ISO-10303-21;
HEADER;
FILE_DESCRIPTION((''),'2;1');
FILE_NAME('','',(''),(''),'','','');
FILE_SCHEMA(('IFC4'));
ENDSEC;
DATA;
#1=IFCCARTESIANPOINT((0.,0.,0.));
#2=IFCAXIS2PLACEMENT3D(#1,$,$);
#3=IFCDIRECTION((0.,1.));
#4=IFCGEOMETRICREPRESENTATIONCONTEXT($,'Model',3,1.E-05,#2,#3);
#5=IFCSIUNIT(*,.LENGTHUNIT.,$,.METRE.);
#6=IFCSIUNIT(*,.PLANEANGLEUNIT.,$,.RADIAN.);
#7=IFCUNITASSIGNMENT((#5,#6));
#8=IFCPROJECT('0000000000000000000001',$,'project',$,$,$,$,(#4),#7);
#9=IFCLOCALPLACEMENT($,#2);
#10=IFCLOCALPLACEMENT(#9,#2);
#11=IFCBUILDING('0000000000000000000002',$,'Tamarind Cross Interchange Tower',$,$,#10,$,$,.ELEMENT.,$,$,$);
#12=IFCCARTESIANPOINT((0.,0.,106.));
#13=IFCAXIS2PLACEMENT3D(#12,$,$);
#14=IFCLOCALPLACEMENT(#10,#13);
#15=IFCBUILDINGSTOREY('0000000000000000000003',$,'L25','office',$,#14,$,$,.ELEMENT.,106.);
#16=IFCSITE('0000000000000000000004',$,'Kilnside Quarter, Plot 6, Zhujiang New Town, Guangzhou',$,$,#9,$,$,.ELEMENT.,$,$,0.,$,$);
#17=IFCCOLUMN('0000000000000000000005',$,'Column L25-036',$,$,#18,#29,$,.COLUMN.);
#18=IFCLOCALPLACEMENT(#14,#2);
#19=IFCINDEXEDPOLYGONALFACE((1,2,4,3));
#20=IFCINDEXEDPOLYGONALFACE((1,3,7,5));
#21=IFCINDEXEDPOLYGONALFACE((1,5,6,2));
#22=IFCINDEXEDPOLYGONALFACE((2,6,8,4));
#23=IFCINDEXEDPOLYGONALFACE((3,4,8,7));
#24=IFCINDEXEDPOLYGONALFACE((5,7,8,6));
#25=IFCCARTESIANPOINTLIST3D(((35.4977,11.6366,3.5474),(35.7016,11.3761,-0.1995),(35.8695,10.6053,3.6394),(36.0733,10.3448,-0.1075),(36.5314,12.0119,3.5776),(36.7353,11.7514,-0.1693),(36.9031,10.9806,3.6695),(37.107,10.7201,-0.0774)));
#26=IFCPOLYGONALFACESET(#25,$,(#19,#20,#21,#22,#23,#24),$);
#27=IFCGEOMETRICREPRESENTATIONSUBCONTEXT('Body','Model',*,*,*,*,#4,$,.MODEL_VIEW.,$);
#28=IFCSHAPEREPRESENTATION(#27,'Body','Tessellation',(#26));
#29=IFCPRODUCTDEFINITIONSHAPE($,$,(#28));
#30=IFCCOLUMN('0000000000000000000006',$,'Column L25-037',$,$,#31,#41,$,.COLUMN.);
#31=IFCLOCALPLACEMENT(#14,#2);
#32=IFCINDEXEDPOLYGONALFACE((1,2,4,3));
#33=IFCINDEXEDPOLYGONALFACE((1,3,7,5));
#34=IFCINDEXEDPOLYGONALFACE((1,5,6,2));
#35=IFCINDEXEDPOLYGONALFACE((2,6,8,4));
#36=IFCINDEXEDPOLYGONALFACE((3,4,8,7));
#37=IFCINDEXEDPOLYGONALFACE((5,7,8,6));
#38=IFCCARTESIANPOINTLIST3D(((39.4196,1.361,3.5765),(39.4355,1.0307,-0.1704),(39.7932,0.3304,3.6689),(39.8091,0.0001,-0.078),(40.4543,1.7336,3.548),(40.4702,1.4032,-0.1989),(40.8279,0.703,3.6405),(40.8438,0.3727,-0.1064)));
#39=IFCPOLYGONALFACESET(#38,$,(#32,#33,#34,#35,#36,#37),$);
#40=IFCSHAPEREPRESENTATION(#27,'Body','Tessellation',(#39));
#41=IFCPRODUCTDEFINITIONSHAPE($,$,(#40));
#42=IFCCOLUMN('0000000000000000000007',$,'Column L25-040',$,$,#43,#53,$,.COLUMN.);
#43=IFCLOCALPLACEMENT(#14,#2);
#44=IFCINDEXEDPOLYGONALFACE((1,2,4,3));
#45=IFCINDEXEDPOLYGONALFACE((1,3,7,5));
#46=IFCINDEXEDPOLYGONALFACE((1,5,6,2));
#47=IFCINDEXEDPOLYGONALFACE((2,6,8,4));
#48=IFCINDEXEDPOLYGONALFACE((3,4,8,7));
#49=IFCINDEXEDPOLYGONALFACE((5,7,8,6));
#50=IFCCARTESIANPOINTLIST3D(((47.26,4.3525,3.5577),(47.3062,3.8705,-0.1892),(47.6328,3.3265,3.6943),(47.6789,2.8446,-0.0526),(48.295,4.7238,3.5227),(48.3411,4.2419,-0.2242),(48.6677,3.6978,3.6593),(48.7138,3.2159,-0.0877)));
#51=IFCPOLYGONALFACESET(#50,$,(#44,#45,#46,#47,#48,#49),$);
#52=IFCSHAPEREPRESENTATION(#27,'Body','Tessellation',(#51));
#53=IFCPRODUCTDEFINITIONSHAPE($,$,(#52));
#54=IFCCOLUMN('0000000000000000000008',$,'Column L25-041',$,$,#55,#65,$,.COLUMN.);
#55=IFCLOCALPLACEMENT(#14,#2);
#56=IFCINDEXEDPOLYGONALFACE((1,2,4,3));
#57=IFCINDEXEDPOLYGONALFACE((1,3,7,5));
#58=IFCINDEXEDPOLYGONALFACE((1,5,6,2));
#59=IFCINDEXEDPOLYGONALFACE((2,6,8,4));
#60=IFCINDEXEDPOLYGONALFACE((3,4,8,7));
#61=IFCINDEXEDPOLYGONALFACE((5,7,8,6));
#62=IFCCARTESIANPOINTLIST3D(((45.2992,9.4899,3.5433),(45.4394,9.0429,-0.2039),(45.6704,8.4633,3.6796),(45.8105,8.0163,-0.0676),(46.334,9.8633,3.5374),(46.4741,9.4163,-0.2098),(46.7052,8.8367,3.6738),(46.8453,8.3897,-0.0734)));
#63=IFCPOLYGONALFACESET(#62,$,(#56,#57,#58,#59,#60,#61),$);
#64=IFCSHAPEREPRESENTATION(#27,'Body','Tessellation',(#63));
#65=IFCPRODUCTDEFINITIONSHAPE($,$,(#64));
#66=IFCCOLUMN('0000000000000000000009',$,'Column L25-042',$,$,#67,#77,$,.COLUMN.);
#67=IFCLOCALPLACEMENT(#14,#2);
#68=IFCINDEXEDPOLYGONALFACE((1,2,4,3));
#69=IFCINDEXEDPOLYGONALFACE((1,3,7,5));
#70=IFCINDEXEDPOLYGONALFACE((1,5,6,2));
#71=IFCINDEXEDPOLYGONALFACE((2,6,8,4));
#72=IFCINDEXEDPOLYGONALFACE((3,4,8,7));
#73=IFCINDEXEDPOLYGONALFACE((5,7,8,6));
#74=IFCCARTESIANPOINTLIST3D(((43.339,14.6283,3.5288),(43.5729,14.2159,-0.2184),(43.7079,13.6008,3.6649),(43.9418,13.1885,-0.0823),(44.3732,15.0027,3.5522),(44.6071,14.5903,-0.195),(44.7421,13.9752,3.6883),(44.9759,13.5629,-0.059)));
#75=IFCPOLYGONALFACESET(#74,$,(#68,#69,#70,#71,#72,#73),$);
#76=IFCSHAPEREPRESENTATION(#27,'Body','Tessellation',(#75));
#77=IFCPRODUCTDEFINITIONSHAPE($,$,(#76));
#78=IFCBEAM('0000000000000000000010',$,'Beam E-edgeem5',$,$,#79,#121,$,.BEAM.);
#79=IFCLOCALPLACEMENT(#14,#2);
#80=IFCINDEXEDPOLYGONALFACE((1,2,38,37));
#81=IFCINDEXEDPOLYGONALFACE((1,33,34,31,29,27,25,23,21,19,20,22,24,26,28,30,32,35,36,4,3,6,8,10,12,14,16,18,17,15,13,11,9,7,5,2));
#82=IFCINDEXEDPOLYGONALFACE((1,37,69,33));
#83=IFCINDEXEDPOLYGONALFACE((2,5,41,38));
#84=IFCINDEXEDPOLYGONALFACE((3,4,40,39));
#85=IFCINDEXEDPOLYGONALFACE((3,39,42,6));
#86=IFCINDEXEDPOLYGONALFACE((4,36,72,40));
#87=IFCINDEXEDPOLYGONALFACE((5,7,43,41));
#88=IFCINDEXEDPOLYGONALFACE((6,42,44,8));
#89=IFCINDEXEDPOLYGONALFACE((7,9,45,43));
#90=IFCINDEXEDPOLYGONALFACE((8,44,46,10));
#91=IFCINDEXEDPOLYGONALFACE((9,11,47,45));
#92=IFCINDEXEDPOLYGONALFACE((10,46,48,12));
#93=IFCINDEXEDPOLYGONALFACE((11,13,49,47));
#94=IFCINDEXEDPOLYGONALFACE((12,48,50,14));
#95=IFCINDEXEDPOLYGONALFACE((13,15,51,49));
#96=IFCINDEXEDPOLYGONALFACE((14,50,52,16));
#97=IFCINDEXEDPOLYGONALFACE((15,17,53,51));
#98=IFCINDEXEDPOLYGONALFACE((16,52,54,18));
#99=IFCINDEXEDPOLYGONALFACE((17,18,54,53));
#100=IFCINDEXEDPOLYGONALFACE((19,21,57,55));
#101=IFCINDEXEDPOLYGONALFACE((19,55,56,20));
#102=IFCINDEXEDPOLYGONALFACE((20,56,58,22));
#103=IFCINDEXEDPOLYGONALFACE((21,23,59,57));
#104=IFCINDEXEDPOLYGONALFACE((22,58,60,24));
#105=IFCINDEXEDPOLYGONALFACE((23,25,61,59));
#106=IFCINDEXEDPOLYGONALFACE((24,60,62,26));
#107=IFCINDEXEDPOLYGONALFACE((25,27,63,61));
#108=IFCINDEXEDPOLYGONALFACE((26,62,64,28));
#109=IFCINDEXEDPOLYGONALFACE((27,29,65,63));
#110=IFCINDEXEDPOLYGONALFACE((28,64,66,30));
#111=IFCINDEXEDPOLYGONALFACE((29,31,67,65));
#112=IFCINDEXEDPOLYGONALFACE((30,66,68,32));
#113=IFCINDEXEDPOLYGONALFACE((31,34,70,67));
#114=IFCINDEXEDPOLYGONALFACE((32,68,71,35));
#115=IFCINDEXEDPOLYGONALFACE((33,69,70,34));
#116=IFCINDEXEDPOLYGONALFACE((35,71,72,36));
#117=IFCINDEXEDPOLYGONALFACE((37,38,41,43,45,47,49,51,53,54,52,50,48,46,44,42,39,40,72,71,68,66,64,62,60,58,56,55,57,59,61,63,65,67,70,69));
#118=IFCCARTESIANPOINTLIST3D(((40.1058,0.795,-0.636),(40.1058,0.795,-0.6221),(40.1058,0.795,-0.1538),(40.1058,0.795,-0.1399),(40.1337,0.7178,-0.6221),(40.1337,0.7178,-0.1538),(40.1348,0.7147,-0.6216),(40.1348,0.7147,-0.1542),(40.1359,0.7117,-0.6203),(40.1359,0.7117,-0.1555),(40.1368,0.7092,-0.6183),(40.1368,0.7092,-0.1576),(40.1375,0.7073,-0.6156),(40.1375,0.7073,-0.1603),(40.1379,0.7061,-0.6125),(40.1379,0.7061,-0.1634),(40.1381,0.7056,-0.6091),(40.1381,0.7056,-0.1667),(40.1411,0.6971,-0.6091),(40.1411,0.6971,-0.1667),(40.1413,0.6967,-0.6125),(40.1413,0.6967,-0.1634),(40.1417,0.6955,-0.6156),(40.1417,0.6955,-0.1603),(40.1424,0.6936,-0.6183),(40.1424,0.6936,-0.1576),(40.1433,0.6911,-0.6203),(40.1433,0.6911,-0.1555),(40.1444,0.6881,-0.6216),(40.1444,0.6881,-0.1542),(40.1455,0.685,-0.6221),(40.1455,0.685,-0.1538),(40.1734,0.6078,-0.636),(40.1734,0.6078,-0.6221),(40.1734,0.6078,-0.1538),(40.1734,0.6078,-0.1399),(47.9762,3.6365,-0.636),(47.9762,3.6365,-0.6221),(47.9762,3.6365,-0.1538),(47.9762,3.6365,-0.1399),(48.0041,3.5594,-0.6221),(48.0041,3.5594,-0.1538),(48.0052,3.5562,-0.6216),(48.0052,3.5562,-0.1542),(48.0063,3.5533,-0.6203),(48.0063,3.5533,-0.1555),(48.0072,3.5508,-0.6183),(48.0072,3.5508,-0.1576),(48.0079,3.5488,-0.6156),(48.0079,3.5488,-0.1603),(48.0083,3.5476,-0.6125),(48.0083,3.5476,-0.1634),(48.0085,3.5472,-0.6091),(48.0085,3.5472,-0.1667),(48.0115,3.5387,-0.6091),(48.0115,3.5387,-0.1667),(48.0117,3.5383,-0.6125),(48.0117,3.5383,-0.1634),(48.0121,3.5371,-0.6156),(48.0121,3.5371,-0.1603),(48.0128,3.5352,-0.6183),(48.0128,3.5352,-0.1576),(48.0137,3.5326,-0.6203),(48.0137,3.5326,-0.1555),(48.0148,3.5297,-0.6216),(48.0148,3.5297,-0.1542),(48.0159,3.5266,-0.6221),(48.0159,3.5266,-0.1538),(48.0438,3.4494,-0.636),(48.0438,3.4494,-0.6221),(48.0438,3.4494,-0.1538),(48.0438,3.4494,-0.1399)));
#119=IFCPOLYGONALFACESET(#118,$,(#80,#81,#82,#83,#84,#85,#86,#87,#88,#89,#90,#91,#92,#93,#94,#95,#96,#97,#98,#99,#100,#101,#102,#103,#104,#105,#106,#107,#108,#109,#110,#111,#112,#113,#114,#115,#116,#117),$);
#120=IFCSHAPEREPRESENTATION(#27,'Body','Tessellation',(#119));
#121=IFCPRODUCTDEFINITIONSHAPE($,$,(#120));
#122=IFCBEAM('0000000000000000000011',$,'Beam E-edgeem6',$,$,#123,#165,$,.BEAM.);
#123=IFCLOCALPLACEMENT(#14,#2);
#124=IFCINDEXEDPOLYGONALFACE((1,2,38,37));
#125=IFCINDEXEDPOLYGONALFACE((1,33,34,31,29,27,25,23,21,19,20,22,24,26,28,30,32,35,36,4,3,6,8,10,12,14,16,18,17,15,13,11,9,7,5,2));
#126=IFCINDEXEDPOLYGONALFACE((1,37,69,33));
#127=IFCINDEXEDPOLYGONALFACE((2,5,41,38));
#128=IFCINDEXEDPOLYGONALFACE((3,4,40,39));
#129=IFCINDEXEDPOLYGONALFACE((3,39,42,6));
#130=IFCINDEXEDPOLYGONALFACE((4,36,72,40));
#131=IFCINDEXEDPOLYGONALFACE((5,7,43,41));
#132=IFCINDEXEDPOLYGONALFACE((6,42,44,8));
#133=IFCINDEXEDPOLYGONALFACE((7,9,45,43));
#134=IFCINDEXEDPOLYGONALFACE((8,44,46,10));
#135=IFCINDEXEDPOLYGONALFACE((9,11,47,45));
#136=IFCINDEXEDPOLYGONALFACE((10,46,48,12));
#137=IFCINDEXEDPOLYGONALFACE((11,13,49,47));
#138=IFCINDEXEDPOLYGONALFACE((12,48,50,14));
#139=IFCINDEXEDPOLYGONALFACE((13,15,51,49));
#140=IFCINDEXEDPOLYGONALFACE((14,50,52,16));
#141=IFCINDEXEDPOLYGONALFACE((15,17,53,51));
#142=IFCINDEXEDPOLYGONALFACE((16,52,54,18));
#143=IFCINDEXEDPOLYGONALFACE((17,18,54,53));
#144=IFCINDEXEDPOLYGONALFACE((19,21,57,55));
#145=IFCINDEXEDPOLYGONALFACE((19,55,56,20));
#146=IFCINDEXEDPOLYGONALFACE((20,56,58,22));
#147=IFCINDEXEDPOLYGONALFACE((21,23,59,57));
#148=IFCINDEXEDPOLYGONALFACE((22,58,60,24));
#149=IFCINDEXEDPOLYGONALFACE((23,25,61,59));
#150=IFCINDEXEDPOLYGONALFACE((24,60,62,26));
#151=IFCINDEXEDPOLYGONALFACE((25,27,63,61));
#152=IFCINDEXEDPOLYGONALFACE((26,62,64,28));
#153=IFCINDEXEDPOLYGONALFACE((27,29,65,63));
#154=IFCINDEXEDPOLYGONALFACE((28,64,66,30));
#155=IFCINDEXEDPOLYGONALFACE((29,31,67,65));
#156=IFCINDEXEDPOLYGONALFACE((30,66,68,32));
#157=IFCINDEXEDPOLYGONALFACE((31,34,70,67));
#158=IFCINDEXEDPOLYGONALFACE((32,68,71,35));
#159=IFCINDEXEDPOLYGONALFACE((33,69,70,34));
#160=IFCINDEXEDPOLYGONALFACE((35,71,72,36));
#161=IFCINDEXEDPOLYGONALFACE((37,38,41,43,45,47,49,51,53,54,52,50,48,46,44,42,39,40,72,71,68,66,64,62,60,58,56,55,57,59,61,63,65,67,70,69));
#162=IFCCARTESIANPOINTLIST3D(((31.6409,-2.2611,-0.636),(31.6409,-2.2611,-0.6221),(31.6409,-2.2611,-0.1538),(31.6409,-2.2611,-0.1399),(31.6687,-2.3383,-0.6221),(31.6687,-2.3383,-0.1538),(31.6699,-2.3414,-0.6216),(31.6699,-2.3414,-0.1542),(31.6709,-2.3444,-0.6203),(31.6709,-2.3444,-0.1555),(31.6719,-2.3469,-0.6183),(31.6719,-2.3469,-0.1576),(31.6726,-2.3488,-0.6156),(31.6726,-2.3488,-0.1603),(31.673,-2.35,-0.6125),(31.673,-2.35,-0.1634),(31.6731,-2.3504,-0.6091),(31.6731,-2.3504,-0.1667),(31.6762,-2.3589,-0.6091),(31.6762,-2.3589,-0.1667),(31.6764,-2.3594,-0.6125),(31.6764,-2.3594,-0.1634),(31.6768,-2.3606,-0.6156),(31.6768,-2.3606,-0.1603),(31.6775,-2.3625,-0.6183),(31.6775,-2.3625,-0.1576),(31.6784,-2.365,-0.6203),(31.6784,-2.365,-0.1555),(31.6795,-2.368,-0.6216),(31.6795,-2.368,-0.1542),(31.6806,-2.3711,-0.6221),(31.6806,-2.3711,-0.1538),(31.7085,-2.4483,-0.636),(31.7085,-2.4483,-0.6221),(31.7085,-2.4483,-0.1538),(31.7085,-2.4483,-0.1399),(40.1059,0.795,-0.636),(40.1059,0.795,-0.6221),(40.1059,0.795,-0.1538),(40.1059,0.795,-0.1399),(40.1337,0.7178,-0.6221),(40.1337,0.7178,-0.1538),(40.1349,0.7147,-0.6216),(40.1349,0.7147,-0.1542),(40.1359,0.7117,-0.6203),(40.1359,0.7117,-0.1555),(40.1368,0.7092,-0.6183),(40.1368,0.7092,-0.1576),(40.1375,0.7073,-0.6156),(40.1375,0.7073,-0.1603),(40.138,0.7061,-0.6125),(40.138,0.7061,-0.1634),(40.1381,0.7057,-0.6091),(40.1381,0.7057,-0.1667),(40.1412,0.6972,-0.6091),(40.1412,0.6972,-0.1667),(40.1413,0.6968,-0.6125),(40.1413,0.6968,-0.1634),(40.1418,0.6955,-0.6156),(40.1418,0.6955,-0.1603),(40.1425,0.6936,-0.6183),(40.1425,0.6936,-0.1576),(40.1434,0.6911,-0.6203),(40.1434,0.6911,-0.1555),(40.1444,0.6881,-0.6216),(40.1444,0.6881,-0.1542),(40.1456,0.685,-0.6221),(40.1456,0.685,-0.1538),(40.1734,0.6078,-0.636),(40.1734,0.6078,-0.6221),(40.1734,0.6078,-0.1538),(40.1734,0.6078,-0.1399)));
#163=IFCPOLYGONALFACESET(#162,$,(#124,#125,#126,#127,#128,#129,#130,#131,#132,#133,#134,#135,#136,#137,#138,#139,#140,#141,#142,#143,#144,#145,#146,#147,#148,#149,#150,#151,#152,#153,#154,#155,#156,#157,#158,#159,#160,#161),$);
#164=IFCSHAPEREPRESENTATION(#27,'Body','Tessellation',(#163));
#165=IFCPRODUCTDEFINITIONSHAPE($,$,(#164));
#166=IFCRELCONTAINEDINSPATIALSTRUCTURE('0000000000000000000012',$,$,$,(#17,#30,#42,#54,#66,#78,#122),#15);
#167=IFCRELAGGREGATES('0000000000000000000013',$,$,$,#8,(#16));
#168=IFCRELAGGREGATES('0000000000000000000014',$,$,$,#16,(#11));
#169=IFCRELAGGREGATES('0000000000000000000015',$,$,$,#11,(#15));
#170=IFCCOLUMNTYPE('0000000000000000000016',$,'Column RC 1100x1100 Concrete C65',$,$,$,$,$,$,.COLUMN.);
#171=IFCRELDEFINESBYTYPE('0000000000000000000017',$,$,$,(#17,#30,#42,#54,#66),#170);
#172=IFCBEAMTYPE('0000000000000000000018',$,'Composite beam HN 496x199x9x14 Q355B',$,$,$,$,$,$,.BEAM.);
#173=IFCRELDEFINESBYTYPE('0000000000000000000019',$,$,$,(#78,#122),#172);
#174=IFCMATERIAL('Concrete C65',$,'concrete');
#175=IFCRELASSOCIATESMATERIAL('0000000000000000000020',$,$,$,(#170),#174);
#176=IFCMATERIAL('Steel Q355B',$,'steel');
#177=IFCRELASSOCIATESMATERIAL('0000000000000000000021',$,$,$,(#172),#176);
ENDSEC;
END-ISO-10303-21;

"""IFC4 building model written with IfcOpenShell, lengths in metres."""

from ifc_helpers import new_model, si_unit, direction, frame, origin, origin_2d, place, context, subcontext, project, spatial, rectangle, i_section, extrude, material, material_profile, profile_set, type_object, element, save


model = new_model("IFC4")

# Units and contexts
model_context = context("Model", 3, precision=1e-05, world=origin(), true_north=direction((0.0, 1.0)))
body_context = subcontext(model_context, "Body", "Model", "MODEL_VIEW")
ifc_project = project(units=[si_unit("LENGTHUNIT", "METRE"), si_unit("PLANEANGLEUNIT", "RADIAN")], contexts=[model_context])

# Site, building, storey
site_placement = place(None, origin())
site = spatial("IfcSite", under=ifc_project, at=site_placement, Name="Kilnside Quarter, Plot 6, Zhujiang New Town, Guangzhou", CompositionType="ELEMENT", RefElevation=0.0)
building_placement = place(site_placement, origin())
building = spatial("IfcBuilding", under=site, at=building_placement, Name="Tamarind Cross Interchange Tower", CompositionType="ELEMENT")
storey_placement = place(building_placement, frame((0.0, 0.0, 106.0)))
storey = spatial("IfcBuildingStorey", under=building, at=storey_placement, Name="L25", Description="office", CompositionType="ELEMENT", Elevation=106.0)

# Columns
ifc_material_1 = material(Name="Concrete C65", Category="concrete")
ifc_material_profile_1 = material_profile(ifc_material_1, rectangle(XDim=1.1001, YDim=1.1001, at=origin_2d()), Name="RC 1100x1100")
ifc_profile_set_1 = profile_set([ifc_material_profile_1], Name="Concrete C65")
column_type = type_object("IfcColumnType", Name="Column RC 1100x1100 Concrete C65", PredefinedType="COLUMN", material=ifc_profile_set_1)
for number, where, z_axis, x_axis, name in (
    (1, (36.4043, 11.0481, -0.1384), (-0.054197, 0.069256, 0.996126), (0.337893, -0.937468, 0.083562), "Column L25-036"),
    (2, (40.1396, 0.7017, -0.1384), (-0.004219, 0.087819, 0.996128), (-0.940553, -0.338659, 0.025873), "Column L25-037"),
):
    element("IfcColumn", number, at=place(storey_placement, frame(where, z_axis=z_axis, x_axis=x_axis)), inside=storey, type_object=column_type, Name=name, PredefinedType="COLUMN", context=body_context, shape_type="SweptSolid", body=[
        extrude(rectangle(XDim=1.1001, YDim=1.1001, at=origin_2d()), origin(), (0.0, 0.0, 1.0), 3.7615),
    ])
column_1_placement = place(storey_placement, frame((48.01, 3.5432, -0.1384), z_axis=(-0.012214, 0.127564, 0.991755), x_axis=(-0.940776, -0.33753, 0.031829)))
element("IfcColumn", 3, at=column_1_placement, inside=storey, type_object=column_type, Name="Column L25-040", PredefinedType="COLUMN", context=body_context, shape_type="SweptSolid", body=[
    extrude(rectangle(XDim=1.1001, YDim=1.1001, at=origin_2d()), origin(), (0.0, 0.0, 1.0), 3.7781),
])
column_2_placement = place(storey_placement, frame((46.1423, 8.7163, -0.1387), z_axis=(-0.037108, 0.11837, 0.992276), x_axis=(-0.940633, -0.339384, 0.005309)))
element("IfcColumn", 4, at=column_2_placement, inside=storey, type_object=column_type, Name="Column L25-041", PredefinedType="COLUMN", context=body_context, shape_type="SweptSolid", body=[
    extrude(rectangle(XDim=1.1001, YDim=1.1001, at=origin_2d()), origin(), (0.0, 0.0, 1.0), 3.7764),
])
column_3_placement = place(storey_placement, frame((44.2744, 13.8894, -0.1387), z_axis=(-0.061921, 0.10917, 0.992093), x_axis=(0.335324, -0.933947, 0.1237)))
element("IfcColumn", 5, at=column_3_placement, inside=storey, type_object=column_type, Name="Column L25-042", PredefinedType="COLUMN", context=body_context, shape_type="SweptSolid", body=[
    extrude(rectangle(XDim=1.1001, YDim=1.1001, at=origin_2d()), origin(), (0.0, 0.0, 1.0), 3.7771),
])

# Beams
ifc_material_2 = material(Name="Steel Q355B", Category="steel")
ifc_material_profile_2 = material_profile(ifc_material_2, i_section(OverallWidth=0.199, OverallDepth=0.4961, WebThickness=0.009, FlangeThickness=0.0139, FilletRadius=0.0129, at=origin_2d()), Name="HN 496x199x9x14")
ifc_profile_set_2 = profile_set([ifc_material_profile_2], Name="Steel Q355B")
beam_type_1 = type_object("IfcBeamType", Name="Composite beam HN 496x199x9x14 Q355B", PredefinedType="BEAM", material=ifc_profile_set_2)
beam_1_placement = place(storey_placement, frame((48.01, 3.543, -0.3879), z_axis=(-0.940574, -0.339589, 0.0), x_axis=(0.339589, -0.940574, 0.0)))
element("IfcBeam", 6, at=beam_1_placement, inside=storey, type_object=beam_type_1, Name="Beam E-edgeem5", PredefinedType="BEAM", context=body_context, shape_type="SweptSolid", body=[
    extrude(i_section(OverallWidth=0.199, OverallDepth=0.4961, WebThickness=0.009, FlangeThickness=0.0139, FilletRadius=0.0129, at=origin_2d()), origin(), (0.0, 0.0, 1.0), 8.3677),
])
beam_2_placement = place(storey_placement, frame((40.1396, 0.7014, -0.3879), z_axis=(-0.940578, -0.339577, 0.0), x_axis=(0.339577, -0.940578, 0.0)))
element("IfcBeam", 7, at=beam_2_placement, inside=storey, type_object=beam_type_1, Name="Beam E-edgeem6", PredefinedType="BEAM", context=body_context, shape_type="SweptSolid", body=[
    extrude(i_section(OverallWidth=0.199, OverallDepth=0.4961, WebThickness=0.009, FlangeThickness=0.0139, FilletRadius=0.0129, at=origin_2d()), origin(), (0.0, 0.0, 1.0), 8.9998),
])

save(model, "model.ifc")
